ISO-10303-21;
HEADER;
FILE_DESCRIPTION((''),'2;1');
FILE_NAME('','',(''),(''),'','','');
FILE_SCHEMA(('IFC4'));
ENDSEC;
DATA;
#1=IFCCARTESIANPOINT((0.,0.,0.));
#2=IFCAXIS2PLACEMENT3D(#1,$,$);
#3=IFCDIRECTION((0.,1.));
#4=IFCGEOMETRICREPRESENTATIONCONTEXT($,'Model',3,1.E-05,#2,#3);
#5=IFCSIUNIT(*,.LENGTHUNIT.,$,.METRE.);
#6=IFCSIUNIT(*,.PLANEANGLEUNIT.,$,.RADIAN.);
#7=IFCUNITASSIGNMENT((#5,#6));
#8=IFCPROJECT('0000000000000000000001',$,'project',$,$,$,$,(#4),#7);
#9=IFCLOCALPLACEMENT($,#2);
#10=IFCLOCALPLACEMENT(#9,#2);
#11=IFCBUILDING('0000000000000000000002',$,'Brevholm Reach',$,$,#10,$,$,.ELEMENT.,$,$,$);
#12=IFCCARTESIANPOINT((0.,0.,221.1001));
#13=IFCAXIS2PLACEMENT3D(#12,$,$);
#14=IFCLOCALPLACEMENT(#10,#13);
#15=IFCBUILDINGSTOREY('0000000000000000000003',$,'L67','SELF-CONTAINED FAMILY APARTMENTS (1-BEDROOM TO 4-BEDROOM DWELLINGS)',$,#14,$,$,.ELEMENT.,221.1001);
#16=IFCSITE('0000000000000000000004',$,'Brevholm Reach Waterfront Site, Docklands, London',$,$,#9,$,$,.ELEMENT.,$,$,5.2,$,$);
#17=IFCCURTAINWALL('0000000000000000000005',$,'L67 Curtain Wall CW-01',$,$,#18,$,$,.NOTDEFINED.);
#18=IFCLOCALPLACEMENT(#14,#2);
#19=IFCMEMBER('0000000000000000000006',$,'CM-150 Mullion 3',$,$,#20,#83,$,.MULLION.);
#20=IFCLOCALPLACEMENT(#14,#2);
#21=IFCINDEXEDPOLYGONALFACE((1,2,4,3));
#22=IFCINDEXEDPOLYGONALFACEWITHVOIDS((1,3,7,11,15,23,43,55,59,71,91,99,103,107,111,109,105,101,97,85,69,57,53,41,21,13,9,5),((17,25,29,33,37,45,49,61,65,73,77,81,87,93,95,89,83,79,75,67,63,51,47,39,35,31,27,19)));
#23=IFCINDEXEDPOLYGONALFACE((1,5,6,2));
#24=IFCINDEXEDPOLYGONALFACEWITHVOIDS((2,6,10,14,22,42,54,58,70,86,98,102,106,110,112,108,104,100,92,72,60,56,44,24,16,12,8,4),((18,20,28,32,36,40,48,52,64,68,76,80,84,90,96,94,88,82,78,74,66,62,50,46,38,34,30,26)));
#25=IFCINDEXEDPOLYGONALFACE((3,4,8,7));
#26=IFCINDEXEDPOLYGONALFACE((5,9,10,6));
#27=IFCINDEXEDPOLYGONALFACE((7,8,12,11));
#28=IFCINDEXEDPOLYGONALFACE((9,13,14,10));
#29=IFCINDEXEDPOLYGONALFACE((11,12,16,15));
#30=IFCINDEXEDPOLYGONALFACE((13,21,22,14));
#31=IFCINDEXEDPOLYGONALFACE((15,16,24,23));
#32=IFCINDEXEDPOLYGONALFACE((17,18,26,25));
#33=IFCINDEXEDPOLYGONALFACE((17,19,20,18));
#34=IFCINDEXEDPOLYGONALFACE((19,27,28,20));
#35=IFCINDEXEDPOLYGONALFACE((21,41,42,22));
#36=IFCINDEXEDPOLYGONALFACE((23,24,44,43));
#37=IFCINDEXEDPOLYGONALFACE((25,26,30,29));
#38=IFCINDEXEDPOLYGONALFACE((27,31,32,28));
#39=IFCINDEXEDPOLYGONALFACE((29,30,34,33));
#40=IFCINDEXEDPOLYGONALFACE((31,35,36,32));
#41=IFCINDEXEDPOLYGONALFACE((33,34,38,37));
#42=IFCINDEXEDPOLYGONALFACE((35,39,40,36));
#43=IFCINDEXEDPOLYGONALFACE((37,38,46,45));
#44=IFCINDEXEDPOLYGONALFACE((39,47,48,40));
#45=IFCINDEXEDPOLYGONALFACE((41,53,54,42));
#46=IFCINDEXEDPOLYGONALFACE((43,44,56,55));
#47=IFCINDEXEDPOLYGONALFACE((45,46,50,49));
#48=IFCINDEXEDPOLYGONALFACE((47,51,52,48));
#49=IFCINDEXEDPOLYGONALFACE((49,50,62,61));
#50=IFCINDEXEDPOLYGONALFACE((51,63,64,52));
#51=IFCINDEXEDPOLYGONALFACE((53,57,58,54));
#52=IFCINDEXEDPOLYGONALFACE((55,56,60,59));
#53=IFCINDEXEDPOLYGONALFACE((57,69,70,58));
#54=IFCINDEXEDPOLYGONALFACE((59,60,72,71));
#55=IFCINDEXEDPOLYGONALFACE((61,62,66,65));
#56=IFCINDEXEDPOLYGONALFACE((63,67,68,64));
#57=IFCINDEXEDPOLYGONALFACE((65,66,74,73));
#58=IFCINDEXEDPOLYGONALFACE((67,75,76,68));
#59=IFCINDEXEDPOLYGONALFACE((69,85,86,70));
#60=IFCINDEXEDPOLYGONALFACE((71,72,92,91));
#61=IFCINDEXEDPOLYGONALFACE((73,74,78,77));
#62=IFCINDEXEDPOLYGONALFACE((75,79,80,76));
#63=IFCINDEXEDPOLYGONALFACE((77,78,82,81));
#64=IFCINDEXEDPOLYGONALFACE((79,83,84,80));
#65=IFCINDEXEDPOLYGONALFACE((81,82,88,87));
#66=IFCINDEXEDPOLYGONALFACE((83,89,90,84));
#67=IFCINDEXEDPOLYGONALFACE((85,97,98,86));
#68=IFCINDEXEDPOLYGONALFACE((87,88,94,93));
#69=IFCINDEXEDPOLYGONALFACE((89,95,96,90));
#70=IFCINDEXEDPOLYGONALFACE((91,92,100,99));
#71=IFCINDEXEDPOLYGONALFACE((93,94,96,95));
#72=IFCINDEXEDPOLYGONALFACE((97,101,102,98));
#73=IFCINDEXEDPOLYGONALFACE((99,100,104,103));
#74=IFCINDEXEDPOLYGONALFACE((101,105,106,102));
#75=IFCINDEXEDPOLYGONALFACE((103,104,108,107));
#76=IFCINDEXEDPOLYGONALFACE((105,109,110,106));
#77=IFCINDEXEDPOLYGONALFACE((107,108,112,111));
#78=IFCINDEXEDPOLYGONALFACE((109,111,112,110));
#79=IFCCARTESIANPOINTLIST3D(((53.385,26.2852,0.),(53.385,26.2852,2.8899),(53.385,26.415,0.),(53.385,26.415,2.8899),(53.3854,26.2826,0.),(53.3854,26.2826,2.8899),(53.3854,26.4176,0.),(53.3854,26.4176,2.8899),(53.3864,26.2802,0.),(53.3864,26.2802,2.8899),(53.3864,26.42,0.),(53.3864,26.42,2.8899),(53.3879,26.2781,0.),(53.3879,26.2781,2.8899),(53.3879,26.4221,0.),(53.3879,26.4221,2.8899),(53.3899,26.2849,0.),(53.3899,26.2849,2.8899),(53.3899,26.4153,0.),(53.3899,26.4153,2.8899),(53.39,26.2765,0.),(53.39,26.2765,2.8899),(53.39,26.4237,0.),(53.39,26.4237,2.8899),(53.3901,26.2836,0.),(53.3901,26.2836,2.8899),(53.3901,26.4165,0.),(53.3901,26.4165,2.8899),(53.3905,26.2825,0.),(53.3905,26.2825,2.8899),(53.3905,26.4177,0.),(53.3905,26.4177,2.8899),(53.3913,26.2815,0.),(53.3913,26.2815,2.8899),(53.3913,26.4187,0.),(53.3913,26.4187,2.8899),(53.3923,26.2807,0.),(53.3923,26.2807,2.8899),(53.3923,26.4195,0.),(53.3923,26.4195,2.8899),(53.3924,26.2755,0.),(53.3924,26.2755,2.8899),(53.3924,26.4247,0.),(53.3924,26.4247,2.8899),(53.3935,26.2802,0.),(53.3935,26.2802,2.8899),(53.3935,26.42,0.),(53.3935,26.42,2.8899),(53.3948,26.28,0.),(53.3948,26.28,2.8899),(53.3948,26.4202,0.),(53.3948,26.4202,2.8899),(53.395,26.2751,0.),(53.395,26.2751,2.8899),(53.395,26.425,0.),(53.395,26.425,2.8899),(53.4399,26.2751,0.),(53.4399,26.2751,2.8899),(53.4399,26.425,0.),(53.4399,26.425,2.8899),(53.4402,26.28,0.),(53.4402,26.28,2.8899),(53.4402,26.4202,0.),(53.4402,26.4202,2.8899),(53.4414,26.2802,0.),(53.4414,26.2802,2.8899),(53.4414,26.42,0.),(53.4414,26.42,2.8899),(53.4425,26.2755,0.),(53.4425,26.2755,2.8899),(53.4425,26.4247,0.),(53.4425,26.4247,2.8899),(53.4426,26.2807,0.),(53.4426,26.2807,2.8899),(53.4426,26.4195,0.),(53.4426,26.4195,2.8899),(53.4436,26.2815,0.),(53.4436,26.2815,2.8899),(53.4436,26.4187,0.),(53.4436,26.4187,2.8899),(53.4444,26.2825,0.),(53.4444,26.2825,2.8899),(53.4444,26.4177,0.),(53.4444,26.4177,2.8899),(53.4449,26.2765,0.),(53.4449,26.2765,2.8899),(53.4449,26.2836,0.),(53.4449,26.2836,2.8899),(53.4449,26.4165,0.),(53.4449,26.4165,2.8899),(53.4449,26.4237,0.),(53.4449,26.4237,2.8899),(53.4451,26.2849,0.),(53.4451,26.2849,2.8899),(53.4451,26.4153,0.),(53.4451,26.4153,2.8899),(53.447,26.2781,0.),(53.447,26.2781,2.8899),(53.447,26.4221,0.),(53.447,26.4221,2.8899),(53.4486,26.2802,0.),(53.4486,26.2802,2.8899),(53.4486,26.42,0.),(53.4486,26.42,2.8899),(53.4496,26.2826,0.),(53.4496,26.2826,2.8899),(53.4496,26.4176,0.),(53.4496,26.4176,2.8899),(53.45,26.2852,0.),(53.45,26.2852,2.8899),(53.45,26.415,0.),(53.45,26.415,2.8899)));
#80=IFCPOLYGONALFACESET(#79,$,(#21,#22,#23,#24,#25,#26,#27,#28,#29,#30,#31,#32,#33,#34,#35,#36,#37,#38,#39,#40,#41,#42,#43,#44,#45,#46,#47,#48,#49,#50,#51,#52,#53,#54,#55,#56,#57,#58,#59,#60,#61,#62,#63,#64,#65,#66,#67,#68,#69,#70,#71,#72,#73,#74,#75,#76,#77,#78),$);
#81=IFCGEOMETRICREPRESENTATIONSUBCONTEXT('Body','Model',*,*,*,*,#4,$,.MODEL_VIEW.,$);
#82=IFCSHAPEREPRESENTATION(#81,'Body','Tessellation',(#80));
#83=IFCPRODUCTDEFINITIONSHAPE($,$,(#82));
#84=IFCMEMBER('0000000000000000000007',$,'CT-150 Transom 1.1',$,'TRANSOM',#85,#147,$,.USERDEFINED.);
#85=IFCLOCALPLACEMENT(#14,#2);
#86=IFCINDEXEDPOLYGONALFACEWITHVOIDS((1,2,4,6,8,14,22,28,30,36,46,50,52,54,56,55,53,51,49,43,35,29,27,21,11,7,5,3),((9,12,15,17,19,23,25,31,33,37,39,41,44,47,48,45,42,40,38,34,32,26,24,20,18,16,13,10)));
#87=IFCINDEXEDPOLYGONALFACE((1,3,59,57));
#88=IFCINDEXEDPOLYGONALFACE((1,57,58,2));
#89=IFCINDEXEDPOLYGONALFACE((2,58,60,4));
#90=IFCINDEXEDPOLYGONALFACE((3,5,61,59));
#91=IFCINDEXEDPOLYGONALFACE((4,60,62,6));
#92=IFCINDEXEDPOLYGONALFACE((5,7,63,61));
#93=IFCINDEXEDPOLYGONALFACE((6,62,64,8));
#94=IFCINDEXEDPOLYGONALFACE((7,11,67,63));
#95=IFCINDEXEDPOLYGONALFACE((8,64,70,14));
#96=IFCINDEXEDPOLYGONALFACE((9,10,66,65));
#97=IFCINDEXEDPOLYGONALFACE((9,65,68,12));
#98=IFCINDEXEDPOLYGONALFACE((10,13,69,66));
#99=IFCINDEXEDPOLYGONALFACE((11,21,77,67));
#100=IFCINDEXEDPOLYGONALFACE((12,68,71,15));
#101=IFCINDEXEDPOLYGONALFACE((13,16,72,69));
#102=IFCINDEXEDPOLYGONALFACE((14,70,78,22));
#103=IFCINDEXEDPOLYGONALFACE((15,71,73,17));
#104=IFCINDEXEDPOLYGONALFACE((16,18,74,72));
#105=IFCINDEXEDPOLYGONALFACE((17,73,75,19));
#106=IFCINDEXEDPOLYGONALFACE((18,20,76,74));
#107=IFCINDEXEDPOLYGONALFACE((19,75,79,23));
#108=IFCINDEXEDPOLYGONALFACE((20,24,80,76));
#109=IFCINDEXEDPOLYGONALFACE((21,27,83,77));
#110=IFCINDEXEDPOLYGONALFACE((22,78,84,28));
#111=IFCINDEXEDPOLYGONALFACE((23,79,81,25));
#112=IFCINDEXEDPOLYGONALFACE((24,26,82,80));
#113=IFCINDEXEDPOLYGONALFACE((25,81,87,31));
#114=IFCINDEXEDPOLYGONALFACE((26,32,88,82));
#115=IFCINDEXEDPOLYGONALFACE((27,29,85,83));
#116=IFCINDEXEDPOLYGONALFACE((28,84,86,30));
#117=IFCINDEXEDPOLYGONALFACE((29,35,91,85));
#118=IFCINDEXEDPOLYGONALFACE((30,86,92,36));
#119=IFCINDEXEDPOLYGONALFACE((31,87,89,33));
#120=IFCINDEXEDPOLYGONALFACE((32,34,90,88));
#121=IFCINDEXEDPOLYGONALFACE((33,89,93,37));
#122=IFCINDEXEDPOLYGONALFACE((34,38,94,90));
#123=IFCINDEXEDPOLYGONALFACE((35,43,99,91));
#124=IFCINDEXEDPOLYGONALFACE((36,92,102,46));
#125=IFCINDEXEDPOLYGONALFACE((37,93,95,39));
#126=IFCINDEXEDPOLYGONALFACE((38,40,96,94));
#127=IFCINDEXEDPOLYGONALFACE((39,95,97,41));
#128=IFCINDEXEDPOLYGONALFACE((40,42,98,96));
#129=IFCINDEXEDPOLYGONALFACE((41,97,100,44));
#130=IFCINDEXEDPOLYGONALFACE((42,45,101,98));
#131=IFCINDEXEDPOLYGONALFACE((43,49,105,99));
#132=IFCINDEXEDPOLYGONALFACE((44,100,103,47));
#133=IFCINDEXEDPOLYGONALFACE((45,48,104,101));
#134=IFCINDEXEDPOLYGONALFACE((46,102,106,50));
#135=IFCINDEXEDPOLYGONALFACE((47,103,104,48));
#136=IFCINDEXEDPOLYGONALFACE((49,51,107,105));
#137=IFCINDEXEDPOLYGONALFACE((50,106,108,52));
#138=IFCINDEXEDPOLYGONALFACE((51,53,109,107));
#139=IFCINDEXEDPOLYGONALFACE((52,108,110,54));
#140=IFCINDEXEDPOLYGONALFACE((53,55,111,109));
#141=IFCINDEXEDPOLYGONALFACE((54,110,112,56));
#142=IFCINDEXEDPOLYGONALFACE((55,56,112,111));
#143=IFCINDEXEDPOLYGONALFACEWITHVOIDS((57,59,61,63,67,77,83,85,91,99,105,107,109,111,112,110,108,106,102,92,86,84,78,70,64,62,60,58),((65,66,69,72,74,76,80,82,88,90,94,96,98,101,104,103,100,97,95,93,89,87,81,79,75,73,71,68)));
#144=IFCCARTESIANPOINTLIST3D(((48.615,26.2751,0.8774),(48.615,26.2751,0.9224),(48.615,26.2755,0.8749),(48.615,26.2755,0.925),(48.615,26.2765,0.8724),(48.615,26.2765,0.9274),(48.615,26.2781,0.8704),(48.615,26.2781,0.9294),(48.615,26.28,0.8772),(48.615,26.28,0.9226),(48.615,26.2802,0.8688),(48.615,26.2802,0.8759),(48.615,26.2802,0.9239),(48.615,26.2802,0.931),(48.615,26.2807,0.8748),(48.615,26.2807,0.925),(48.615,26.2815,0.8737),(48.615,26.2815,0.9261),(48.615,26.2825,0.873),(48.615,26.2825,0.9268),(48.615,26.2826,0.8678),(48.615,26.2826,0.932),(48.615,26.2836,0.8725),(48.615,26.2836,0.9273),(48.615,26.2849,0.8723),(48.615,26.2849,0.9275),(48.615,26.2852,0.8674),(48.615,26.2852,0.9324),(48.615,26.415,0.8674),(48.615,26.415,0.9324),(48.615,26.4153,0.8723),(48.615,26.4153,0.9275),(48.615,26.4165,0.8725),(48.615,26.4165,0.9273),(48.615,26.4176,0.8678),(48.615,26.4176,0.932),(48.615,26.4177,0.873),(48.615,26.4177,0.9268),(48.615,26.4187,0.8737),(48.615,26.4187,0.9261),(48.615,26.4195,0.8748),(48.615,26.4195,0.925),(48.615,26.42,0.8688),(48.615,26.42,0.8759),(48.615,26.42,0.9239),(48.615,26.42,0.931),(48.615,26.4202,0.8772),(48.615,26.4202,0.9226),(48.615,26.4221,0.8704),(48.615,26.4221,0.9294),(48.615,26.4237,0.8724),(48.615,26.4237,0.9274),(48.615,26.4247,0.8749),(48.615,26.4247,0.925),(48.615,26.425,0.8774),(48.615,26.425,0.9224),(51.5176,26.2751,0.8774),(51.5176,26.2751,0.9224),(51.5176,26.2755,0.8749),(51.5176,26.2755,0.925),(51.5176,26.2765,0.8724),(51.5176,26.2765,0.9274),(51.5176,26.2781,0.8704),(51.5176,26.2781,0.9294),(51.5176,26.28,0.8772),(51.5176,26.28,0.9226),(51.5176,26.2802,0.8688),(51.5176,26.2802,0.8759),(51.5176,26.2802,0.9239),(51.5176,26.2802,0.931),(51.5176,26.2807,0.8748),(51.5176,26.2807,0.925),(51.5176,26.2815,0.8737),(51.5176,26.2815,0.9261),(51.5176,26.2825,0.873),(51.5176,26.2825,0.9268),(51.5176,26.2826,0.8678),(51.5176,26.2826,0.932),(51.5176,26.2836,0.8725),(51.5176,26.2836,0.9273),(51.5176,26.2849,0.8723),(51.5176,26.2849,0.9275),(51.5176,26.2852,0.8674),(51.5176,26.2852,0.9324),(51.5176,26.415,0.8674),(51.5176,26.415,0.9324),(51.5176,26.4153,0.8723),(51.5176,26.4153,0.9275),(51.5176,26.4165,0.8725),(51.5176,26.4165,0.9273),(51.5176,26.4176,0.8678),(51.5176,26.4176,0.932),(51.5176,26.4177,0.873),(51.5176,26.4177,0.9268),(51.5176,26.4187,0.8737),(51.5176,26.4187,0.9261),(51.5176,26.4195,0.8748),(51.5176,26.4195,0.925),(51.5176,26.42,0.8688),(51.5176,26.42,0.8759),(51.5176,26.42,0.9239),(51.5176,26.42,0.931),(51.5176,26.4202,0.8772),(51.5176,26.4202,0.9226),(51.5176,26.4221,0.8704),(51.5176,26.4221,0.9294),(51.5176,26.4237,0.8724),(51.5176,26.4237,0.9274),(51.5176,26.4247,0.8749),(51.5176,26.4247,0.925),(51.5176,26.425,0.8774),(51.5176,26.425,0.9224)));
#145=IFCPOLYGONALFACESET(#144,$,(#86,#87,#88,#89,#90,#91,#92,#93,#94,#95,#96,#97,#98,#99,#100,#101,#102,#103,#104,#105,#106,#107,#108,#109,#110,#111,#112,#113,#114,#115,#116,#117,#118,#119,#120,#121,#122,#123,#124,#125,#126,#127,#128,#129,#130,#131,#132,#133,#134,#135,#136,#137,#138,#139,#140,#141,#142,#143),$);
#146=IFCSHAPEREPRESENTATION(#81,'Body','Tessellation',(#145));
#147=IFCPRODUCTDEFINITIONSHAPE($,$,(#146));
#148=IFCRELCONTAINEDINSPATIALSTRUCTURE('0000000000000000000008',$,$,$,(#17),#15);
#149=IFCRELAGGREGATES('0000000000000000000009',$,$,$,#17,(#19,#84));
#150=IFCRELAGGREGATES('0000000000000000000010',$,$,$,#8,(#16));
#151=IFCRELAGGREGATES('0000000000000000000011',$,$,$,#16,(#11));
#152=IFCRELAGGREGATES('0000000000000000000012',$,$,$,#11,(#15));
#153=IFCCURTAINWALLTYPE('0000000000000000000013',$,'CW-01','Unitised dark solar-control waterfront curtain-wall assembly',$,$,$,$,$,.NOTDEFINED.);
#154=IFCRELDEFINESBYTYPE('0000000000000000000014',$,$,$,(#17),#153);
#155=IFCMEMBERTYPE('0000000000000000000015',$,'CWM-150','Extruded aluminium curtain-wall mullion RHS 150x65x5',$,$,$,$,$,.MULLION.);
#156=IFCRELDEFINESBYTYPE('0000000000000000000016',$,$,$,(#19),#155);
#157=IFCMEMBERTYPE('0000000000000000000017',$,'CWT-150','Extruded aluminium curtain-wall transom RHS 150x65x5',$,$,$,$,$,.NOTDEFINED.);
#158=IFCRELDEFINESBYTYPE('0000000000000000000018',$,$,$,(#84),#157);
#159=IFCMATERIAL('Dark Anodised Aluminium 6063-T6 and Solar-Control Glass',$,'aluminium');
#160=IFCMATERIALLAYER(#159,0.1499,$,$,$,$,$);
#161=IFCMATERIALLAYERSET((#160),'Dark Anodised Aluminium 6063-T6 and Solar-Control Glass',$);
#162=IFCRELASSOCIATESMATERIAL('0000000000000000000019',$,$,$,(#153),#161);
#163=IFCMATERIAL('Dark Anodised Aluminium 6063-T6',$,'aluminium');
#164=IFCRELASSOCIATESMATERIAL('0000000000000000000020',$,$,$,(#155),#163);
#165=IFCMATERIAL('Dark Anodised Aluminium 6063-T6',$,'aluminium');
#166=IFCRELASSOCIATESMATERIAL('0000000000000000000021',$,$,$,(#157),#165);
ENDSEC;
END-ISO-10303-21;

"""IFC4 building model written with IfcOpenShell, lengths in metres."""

from ifc_helpers import new_model, si_unit, direction, frame, origin, origin_2d, place, context, subcontext, project, spatial, hollow_rectangle, extrude, material, layer, layer_set, material_profile, profile_set, type_object, element, aggregate, save


model = new_model("IFC4")

# Units and contexts
model_context = context("Model", 3, precision=1e-05, world=origin(), true_north=direction((0.0, 1.0)))
body_context = subcontext(model_context, "Body", "Model", "MODEL_VIEW")
ifc_project = project(units=[si_unit("LENGTHUNIT", "METRE"), si_unit("PLANEANGLEUNIT", "RADIAN")], contexts=[model_context])

# Site, building, storey
site_placement = place(None, origin())
site = spatial("IfcSite", under=ifc_project, at=site_placement, Name="Brevholm Reach Waterfront Site, Docklands, London", CompositionType="ELEMENT", RefElevation=5.2)
building_placement = place(site_placement, origin())
building = spatial("IfcBuilding", under=site, at=building_placement, Name="Brevholm Reach", CompositionType="ELEMENT")
storey_placement = place(building_placement, frame((0.0, 0.0, 221.1001)))
storey = spatial("IfcBuildingStorey", under=building, at=storey_placement, Name="L67", Description="SELF-CONTAINED FAMILY APARTMENTS (1-BEDROOM TO 4-BEDROOM DWELLINGS)", CompositionType="ELEMENT", Elevation=221.1001)

# Curtain wall, members
ifc_material_1 = material(Name="Dark Anodised Aluminium 6063-T6 and Solar-Control Glass", Category="aluminium")
ifc_layer_1 = layer(ifc_material_1, 0.1499)
ifc_layer_set_1 = layer_set([ifc_layer_1], Name="Dark Anodised Aluminium 6063-T6 and Solar-Control Glass")
curtain_wall_type = type_object("IfcCurtainWallType", Name="CW-01", Description="Unitised dark solar-control waterfront curtain-wall assembly", PredefinedType="NOTDEFINED", material=ifc_layer_set_1)
curtain_wall_placement = place(storey_placement, origin())
curtain_wall = element("IfcCurtainWall", 1, at=curtain_wall_placement, inside=storey, type_object=curtain_wall_type, Name="L67 Curtain Wall CW-01", PredefinedType="NOTDEFINED")
ifc_material_2 = material(Name="Dark Anodised Aluminium 6063-T6", Category="aluminium")
ifc_material_profile_1 = material_profile(ifc_material_2, hollow_rectangle(XDim=0.0649, YDim=0.1499, WallThickness=0.0049, InnerFilletRadius=0.0049, OuterFilletRadius=0.01, at=origin_2d()), Name="RHS 150x65x5")
ifc_profile_set_1 = profile_set([ifc_material_profile_1], Name="Dark Anodised Aluminium 6063-T6")
member_type_1 = type_object("IfcMemberType", Name="CWM-150", Description="Extruded aluminium curtain-wall mullion RHS 150x65x5", PredefinedType="MULLION", material=ifc_profile_set_1)
member_1_placement = place(storey_placement, frame((53.4175, 26.3501, 0.0), z_axis=(0.0, 0.0, 1.0), x_axis=(1.0, 0.0, 0.0)))
member_1 = element("IfcMember", 2, at=member_1_placement, type_object=member_type_1, Name="CM-150 Mullion 3", PredefinedType="MULLION", context=body_context, shape_type="SweptSolid", body=[
    extrude(hollow_rectangle(XDim=0.0649, YDim=0.1499, WallThickness=0.0049, InnerFilletRadius=0.0049, OuterFilletRadius=0.01, at=origin_2d()), origin(), (0.0, 0.0, 1.0), 2.8899),
])
ifc_material_3 = material(Name="Dark Anodised Aluminium 6063-T6", Category="aluminium")
ifc_material_profile_2 = material_profile(ifc_material_3, hollow_rectangle(XDim=0.0649, YDim=0.1499, WallThickness=0.0049, InnerFilletRadius=0.0049, OuterFilletRadius=0.01, at=origin_2d()), Name="RHS 150x65x5")
ifc_profile_set_2 = profile_set([ifc_material_profile_2], Name="Dark Anodised Aluminium 6063-T6")
member_type_2 = type_object("IfcMemberType", Name="CWT-150", Description="Extruded aluminium curtain-wall transom RHS 150x65x5", PredefinedType="NOTDEFINED", material=ifc_profile_set_2)
member_2_placement = place(storey_placement, frame((48.615, 26.3501, 0.8999), z_axis=(1.0, 0.0, 0.0), x_axis=(0.0, 0.0, 1.0)))
member_2 = element("IfcMember", 3, at=member_2_placement, type_object=member_type_2, Name="CT-150 Transom 1.1", ObjectType="TRANSOM", PredefinedType="USERDEFINED", context=body_context, shape_type="SweptSolid", body=[
    extrude(hollow_rectangle(XDim=0.0649, YDim=0.1499, WallThickness=0.0049, InnerFilletRadius=0.0049, OuterFilletRadius=0.01, at=origin_2d()), origin(), (0.0, 0.0, 1.0), 2.9026),
])
aggregate(curtain_wall, [member_1, member_2])

save(model, "model.ifc")
